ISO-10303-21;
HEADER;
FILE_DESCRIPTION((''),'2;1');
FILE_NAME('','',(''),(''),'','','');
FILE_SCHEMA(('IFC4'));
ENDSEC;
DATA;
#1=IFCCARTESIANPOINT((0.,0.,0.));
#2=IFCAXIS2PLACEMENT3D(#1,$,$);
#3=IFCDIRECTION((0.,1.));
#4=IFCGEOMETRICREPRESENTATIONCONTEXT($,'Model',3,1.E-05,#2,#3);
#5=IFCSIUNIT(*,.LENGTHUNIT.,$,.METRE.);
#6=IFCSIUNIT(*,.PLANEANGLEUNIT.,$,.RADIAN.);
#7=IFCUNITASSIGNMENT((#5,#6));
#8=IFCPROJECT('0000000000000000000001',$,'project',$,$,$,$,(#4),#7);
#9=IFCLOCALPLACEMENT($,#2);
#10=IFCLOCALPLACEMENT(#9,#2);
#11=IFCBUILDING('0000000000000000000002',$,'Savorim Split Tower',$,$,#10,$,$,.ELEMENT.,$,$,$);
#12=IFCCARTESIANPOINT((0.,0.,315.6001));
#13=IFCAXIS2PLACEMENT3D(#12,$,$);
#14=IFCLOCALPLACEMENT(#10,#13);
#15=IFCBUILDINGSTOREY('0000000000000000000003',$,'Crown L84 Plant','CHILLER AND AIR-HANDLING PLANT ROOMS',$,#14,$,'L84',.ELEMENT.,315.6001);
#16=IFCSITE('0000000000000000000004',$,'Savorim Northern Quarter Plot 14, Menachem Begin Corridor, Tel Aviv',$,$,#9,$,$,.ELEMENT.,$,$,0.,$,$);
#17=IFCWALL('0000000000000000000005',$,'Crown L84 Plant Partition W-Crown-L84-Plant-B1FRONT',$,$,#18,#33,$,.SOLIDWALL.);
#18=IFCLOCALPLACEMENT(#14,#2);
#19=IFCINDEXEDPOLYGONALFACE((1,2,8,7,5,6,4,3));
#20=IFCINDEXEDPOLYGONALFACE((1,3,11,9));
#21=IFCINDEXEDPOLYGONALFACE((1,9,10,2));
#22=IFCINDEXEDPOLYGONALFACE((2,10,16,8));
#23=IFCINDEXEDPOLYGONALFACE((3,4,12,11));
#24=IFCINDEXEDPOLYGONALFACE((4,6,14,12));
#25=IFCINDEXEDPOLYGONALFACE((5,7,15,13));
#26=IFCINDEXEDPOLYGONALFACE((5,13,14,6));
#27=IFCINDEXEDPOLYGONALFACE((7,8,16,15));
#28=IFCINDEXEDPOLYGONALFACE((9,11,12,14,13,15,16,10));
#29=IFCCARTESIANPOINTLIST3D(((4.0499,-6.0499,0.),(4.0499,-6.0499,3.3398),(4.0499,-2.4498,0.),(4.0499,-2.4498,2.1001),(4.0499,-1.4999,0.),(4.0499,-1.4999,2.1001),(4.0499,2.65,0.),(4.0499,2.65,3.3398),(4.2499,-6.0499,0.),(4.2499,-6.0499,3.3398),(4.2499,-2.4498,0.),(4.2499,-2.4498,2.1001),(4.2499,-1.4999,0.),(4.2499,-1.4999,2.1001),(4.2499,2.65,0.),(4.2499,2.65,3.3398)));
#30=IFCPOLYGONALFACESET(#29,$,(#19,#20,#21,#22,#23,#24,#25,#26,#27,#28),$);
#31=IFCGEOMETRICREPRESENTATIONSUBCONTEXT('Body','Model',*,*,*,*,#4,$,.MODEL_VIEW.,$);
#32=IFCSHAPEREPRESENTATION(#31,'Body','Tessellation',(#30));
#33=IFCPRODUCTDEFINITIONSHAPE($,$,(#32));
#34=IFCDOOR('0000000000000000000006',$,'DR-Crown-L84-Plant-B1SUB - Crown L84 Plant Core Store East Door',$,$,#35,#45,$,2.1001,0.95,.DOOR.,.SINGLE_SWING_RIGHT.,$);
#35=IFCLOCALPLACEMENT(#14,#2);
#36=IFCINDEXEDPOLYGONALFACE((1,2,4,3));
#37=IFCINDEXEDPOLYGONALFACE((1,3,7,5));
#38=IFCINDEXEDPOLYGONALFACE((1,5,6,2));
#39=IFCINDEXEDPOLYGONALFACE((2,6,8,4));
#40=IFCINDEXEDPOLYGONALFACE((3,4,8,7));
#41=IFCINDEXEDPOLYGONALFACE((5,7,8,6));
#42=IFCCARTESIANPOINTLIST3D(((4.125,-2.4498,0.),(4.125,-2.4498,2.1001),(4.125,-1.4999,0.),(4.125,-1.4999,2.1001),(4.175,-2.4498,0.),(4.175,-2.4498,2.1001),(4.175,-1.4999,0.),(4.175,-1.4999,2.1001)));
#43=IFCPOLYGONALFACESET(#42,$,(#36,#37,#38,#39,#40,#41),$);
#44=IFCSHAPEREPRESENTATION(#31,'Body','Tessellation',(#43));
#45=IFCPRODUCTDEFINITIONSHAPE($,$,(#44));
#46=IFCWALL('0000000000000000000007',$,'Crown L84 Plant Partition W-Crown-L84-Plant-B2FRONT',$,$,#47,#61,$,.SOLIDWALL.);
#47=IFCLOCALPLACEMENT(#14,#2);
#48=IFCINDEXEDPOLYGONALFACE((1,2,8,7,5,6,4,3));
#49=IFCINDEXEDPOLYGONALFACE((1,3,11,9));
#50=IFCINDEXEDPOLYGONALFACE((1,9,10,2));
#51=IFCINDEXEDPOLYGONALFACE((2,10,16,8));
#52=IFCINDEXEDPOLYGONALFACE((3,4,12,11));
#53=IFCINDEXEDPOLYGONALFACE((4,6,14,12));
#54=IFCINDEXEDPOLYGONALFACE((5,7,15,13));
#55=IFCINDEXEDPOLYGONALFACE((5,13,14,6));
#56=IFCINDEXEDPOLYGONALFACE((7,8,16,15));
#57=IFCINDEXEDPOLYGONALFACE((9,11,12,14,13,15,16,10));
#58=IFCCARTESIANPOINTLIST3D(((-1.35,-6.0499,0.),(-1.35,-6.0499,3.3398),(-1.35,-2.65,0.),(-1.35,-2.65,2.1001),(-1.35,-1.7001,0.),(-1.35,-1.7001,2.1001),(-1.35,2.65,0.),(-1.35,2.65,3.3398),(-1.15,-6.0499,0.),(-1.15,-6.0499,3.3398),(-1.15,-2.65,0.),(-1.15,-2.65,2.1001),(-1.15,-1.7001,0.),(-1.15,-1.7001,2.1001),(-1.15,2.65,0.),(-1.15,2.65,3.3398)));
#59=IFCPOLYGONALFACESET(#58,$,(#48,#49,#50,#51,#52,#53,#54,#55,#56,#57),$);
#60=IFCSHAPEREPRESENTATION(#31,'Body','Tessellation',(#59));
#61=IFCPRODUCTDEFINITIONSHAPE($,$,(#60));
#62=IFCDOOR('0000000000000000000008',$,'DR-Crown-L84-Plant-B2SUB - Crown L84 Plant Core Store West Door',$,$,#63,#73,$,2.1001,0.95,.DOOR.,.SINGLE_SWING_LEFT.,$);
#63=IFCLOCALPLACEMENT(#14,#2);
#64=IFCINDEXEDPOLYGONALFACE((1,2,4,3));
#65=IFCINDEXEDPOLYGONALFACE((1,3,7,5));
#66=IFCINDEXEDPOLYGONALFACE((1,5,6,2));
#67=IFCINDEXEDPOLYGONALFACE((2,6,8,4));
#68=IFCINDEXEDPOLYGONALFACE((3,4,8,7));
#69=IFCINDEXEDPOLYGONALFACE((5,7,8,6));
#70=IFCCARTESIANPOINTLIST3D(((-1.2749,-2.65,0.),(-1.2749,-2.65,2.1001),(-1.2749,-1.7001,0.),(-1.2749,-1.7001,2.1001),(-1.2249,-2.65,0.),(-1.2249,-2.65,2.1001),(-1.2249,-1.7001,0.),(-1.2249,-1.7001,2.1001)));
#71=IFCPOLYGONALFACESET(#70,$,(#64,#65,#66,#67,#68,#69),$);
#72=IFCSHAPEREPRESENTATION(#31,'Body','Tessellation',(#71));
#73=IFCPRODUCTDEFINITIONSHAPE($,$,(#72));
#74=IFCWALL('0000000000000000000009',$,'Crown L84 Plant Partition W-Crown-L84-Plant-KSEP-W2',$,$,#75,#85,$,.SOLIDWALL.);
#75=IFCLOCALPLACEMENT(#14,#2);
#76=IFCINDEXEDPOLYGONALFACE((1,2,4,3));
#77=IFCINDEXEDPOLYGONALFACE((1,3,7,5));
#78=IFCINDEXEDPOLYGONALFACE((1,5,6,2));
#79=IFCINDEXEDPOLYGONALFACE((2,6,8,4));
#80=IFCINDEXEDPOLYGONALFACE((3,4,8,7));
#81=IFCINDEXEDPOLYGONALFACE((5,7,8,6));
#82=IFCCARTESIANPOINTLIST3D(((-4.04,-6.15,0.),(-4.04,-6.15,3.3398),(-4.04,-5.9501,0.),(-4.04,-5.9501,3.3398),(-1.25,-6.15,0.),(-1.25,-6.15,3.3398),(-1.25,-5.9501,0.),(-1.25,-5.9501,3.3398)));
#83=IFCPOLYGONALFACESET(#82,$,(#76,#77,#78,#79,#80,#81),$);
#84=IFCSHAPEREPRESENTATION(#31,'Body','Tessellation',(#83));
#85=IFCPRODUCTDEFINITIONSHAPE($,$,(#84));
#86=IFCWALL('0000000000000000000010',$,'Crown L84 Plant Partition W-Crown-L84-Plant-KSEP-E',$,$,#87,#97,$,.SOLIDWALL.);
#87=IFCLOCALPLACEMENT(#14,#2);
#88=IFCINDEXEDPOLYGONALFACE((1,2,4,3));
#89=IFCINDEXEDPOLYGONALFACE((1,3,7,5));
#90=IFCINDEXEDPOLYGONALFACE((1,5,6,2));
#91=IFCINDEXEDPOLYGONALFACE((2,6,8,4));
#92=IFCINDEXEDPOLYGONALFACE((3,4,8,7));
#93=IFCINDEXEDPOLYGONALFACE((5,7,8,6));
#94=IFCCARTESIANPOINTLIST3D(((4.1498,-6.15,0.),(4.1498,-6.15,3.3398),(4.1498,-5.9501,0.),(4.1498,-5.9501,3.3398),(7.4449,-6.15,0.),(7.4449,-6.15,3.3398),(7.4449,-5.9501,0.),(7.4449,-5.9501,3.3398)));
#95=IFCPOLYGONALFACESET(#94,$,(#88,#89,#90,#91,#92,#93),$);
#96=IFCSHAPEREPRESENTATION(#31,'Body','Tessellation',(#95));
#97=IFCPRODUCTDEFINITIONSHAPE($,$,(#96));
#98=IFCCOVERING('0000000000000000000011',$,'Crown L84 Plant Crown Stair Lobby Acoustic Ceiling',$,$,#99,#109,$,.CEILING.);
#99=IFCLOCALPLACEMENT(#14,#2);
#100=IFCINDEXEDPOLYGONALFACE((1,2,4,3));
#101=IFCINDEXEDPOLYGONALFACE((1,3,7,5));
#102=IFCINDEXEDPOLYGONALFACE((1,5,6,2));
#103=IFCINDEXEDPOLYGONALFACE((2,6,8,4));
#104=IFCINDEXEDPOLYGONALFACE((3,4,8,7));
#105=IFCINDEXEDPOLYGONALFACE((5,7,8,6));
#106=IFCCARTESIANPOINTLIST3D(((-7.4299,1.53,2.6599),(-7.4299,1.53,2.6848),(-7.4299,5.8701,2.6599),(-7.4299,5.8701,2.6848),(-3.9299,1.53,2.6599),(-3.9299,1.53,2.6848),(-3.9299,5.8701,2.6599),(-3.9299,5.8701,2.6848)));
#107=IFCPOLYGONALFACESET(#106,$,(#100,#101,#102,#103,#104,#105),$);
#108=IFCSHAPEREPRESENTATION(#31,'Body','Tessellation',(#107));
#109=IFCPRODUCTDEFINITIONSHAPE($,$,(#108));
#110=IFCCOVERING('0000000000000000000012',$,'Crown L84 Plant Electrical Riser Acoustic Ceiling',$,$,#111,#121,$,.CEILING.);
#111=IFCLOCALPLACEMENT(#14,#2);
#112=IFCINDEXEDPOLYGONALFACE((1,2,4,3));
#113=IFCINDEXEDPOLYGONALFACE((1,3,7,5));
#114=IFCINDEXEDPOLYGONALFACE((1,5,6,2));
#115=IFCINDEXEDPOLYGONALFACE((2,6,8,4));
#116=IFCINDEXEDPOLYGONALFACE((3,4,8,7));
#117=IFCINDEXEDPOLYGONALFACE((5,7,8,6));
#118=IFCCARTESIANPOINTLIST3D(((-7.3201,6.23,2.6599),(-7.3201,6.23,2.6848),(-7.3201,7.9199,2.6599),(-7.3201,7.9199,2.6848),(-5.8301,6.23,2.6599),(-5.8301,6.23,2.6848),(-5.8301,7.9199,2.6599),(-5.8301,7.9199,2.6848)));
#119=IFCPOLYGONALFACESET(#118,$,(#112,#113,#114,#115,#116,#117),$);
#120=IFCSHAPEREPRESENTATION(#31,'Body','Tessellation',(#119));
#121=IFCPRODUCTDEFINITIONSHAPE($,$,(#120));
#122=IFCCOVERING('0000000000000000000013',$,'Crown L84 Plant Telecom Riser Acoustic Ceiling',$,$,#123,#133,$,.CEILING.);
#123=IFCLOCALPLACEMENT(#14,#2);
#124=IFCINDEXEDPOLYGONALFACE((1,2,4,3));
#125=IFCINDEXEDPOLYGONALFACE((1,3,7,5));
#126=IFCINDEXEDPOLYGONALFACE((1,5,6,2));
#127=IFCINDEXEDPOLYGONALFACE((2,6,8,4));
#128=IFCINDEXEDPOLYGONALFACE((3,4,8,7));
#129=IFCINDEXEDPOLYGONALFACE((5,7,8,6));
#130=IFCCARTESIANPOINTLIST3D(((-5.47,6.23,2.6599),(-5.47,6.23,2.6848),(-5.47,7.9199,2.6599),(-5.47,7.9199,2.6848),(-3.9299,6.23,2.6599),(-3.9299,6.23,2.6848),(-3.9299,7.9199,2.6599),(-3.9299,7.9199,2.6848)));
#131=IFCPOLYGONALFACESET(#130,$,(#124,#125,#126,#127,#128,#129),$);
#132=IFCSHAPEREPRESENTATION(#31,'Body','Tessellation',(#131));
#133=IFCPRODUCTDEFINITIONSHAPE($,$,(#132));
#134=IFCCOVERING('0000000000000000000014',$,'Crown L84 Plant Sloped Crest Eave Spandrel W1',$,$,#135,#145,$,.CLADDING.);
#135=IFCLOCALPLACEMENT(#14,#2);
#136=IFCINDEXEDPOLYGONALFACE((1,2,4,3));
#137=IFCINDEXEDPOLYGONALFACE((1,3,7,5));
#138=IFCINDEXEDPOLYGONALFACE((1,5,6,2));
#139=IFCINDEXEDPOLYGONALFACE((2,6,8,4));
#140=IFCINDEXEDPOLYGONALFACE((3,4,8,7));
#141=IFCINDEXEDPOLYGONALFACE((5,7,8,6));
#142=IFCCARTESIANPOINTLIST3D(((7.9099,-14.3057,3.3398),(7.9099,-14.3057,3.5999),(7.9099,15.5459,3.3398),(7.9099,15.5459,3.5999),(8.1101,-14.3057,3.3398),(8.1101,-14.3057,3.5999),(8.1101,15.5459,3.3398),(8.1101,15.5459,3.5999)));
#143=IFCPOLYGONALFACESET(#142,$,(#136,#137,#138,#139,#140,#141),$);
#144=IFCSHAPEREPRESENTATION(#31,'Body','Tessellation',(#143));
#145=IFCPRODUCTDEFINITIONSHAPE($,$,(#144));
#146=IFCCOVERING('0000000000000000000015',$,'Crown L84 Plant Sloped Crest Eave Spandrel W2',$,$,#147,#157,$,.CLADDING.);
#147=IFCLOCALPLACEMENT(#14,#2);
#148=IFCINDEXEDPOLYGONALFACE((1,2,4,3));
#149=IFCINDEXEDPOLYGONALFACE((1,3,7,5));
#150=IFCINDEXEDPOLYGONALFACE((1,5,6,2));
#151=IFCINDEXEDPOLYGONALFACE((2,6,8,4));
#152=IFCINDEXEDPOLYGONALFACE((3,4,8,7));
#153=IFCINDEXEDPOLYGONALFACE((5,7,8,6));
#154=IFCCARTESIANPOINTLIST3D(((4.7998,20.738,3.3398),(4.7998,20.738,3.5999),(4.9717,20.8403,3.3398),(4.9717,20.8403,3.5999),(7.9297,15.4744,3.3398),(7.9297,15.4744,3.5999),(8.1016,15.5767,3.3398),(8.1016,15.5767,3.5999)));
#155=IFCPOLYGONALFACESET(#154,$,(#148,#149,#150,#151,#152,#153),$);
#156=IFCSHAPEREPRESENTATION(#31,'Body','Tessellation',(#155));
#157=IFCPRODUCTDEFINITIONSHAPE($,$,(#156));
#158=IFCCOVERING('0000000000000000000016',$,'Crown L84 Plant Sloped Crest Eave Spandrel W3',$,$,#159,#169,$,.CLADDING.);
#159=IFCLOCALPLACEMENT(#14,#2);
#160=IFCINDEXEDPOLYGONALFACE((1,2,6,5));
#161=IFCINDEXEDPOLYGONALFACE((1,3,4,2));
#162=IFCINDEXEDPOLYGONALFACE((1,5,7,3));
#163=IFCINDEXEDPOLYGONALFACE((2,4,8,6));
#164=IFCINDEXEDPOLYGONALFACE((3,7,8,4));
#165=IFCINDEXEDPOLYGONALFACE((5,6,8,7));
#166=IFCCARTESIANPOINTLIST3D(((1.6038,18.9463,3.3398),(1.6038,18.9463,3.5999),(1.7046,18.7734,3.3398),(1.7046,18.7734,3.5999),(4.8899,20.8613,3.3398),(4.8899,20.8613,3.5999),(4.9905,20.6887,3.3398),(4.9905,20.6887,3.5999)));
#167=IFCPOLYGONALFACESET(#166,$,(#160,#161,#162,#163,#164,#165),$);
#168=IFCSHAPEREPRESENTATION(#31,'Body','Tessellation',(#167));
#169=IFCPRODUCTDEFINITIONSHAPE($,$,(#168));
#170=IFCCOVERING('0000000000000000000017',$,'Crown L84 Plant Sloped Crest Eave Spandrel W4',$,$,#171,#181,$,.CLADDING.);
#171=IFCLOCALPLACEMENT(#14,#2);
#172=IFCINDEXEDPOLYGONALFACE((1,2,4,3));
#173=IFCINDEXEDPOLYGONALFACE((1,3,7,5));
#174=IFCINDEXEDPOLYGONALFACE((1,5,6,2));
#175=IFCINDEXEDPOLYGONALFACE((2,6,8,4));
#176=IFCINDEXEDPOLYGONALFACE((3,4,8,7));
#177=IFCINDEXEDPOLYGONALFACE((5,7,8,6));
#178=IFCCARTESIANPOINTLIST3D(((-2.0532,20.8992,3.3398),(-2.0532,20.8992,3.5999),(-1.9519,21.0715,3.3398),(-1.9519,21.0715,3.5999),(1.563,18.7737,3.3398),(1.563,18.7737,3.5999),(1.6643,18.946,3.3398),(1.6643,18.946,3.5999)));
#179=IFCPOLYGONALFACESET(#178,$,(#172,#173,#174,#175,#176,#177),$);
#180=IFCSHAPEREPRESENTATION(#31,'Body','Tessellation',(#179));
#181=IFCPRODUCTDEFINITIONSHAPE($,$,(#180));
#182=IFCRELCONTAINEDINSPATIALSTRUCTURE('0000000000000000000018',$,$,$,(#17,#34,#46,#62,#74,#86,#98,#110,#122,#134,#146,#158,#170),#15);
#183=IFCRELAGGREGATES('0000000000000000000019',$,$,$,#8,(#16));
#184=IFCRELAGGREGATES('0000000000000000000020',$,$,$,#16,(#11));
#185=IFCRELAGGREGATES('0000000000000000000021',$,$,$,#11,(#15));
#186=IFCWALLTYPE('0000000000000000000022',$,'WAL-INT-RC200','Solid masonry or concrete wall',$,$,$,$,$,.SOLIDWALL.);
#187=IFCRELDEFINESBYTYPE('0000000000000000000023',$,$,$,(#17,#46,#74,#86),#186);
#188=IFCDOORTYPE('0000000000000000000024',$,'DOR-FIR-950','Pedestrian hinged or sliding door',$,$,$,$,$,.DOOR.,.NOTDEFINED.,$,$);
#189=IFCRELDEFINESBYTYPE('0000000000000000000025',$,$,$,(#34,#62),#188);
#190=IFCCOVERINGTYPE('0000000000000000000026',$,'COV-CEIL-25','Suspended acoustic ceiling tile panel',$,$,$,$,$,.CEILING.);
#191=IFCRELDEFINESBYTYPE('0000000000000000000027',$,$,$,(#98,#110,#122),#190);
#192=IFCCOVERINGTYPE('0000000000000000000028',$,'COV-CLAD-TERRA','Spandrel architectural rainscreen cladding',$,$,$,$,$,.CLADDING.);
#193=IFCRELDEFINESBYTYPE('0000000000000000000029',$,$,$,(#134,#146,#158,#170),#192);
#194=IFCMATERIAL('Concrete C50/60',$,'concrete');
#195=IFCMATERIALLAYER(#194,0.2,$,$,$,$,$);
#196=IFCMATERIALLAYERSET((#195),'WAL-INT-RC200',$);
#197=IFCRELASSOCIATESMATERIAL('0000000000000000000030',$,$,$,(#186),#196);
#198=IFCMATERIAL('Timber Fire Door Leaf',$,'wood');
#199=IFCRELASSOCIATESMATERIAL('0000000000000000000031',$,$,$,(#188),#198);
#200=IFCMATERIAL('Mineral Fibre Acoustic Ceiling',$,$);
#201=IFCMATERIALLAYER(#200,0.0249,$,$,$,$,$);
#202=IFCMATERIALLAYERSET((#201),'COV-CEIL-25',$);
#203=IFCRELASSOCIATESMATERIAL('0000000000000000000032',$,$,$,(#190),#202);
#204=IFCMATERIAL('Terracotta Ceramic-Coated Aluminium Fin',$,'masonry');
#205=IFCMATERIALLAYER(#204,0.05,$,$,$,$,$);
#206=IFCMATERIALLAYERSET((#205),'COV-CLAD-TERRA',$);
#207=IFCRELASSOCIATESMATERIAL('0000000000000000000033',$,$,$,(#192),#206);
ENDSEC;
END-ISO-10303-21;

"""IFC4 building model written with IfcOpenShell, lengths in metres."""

from ifc_helpers import new_model, si_unit, direction, frame, frame_2d, origin, place, context, subcontext, project, spatial, polyline, rectangle, outline, extrude, material, layer, layer_set, type_object, element, fill, save


model = new_model("IFC4")

# Units and contexts
model_context = context("Model", 3, precision=1e-05, world=origin(), true_north=direction((0.0, 1.0)))
body_context = subcontext(model_context, "Body", "Model", "MODEL_VIEW")
ifc_project = project(units=[si_unit("LENGTHUNIT", "METRE"), si_unit("PLANEANGLEUNIT", "RADIAN")], contexts=[model_context])

# Site, building, storey
site_placement = place(None, origin())
site = spatial("IfcSite", under=ifc_project, at=site_placement, Name="Savorim Northern Quarter Plot 14, Menachem Begin Corridor, Tel Aviv", CompositionType="ELEMENT", RefElevation=0.0)
building_placement = place(site_placement, origin())
building = spatial("IfcBuilding", under=site, at=building_placement, Name="Savorim Split Tower", CompositionType="ELEMENT")
storey_placement = place(building_placement, frame((0.0, 0.0, 315.6001)))
storey = spatial("IfcBuildingStorey", under=building, at=storey_placement, Name="Crown L84 Plant", Description="CHILLER AND AIR-HANDLING PLANT ROOMS", LongName="L84", CompositionType="ELEMENT", Elevation=315.6001)

# Shared definitions
ifc_material_1 = material(Name="Concrete C50/60", Category="concrete")

# Walls, openings, doors
ifc_layer_1 = layer(ifc_material_1, 0.2)
ifc_layer_set_1 = layer_set([ifc_layer_1], Name="WAL-INT-RC200")
wall_type = type_object("IfcWallType", Name="WAL-INT-RC200", Description="Solid masonry or concrete wall", PredefinedType="SOLIDWALL", material=ifc_layer_set_1)
wall_1_placement = place(storey_placement, frame((4.1499, -6.05, 0.0), z_axis=(0.0, 0.0, 1.0), x_axis=(0.0, 1.0, 0.0)))
wall_1 = element("IfcWall", 1, at=wall_1_placement, inside=storey, type_object=wall_type, Name="Crown L84 Plant Partition W-Crown-L84-Plant-B1FRONT", PredefinedType="SOLIDWALL", context=body_context, shape_type="SweptSolid", body=[
    extrude(rectangle(XDim=8.7, YDim=0.2, at=frame_2d((4.3501, 0.0))), origin(), (0.0, 0.0, 1.0), 3.3398),
])
opening_1_placement = place(wall_1_placement, frame((3.6001, 0.0, 0.0)))
opening_1 = element("IfcOpeningElement", 2, at=opening_1_placement, cuts=wall_1, PredefinedType="OPENING", context=body_context, shape_type="SweptSolid", body=[
    extrude(rectangle(XDim=0.95, YDim=2.1001, at=frame_2d((0.4751, 1.05))), frame((0.0, 0.1099, 0.0), z_axis=(0.0, -1.0, 0.0), x_axis=(1.0, 0.0, 0.0)), (0.0, 0.0, 1.0), 0.22),
])
ifc_material_2 = material(Name="Timber Fire Door Leaf", Category="wood")
door_type = type_object("IfcDoorType", Name="DOR-FIR-950", Description="Pedestrian hinged or sliding door", OperationType="NOTDEFINED", PredefinedType="DOOR", material=ifc_material_2)
door_1_placement = place(opening_1_placement, origin())
door_1 = element("IfcDoor", 3, at=door_1_placement, inside=storey, type_object=door_type, Name="DR-Crown-L84-Plant-B1SUB - Crown L84 Plant Core Store East Door", OperationType="SINGLE_SWING_RIGHT", OverallHeight=2.1001, OverallWidth=0.95, PredefinedType="DOOR", context=body_context, shape_type="SweptSolid", body=[
    extrude(rectangle(XDim=0.95, YDim=2.1001, at=frame_2d((0.4751, 1.05))), frame((0.0, 0.0249, 0.0), z_axis=(0.0, -1.0, 0.0), x_axis=(1.0, 0.0, 0.0)), (0.0, 0.0, 1.0), 0.05),
])
fill(opening_1, door_1)
wall_2_placement = place(storey_placement, frame((-1.25, -6.05, 0.0), z_axis=(0.0, 0.0, 1.0), x_axis=(0.0, 1.0, 0.0)))
wall_2 = element("IfcWall", 4, at=wall_2_placement, inside=storey, type_object=wall_type, Name="Crown L84 Plant Partition W-Crown-L84-Plant-B2FRONT", PredefinedType="SOLIDWALL", context=body_context, shape_type="SweptSolid", body=[
    extrude(rectangle(XDim=8.7, YDim=0.2, at=frame_2d((4.3501, 0.0))), origin(), (0.0, 0.0, 1.0), 3.3398),
])
opening_2_placement = place(wall_2_placement, frame((3.3999, 0.0, 0.0)))
opening_2 = element("IfcOpeningElement", 5, at=opening_2_placement, cuts=wall_2, PredefinedType="OPENING", context=body_context, shape_type="SweptSolid", body=[
    extrude(rectangle(XDim=0.95, YDim=2.1001, at=frame_2d((0.4751, 1.05))), frame((0.0, 0.1099, 0.0), z_axis=(0.0, -1.0, 0.0), x_axis=(1.0, 0.0, 0.0)), (0.0, 0.0, 1.0), 0.22),
])
door_2_placement = place(opening_2_placement, origin())
door_2 = element("IfcDoor", 6, at=door_2_placement, inside=storey, type_object=door_type, Name="DR-Crown-L84-Plant-B2SUB - Crown L84 Plant Core Store West Door", OperationType="SINGLE_SWING_LEFT", OverallHeight=2.1001, OverallWidth=0.95, PredefinedType="DOOR", context=body_context, shape_type="SweptSolid", body=[
    extrude(rectangle(XDim=0.95, YDim=2.1001, at=frame_2d((0.4751, 1.05))), frame((0.0, 0.0249, 0.0), z_axis=(0.0, -1.0, 0.0), x_axis=(1.0, 0.0, 0.0)), (0.0, 0.0, 1.0), 0.05),
])
fill(opening_2, door_2)

# Walls
wall_3_placement = place(storey_placement, frame((-4.04, -6.05, 0.0), z_axis=(0.0, 0.0, 1.0), x_axis=(1.0, 0.0, 0.0)))
element("IfcWall", 7, at=wall_3_placement, inside=storey, type_object=wall_type, Name="Crown L84 Plant Partition W-Crown-L84-Plant-KSEP-W2", PredefinedType="SOLIDWALL", context=body_context, shape_type="SweptSolid", body=[
    extrude(rectangle(XDim=2.79, YDim=0.2, at=frame_2d((1.395, 0.0))), origin(), (0.0, 0.0, 1.0), 3.3398),
])
wall_4_placement = place(storey_placement, frame((4.1499, -6.05, 0.0), z_axis=(0.0, 0.0, 1.0), x_axis=(1.0, 0.0, 0.0)))
element("IfcWall", 8, at=wall_4_placement, inside=storey, type_object=wall_type, Name="Crown L84 Plant Partition W-Crown-L84-Plant-KSEP-E", PredefinedType="SOLIDWALL", context=body_context, shape_type="SweptSolid", body=[
    extrude(rectangle(XDim=3.2952, YDim=0.2, at=frame_2d((1.6475, 0.0))), origin(), (0.0, 0.0, 1.0), 3.3398),
])

# Coverings
ifc_material_3 = material(Name="Mineral Fibre Acoustic Ceiling")
ifc_layer_2 = layer(ifc_material_3, 0.0249)
ifc_layer_set_2 = layer_set([ifc_layer_2], Name="COV-CEIL-25")
covering_type_1 = type_object("IfcCoveringType", Name="COV-CEIL-25", Description="Suspended acoustic ceiling tile panel", PredefinedType="CEILING", material=ifc_layer_set_2)
covering_1_placement = place(storey_placement, frame((0.0, 0.0, 2.6599)))
element("IfcCovering", 9, at=covering_1_placement, inside=storey, type_object=covering_type_1, Name="Crown L84 Plant Crown Stair Lobby Acoustic Ceiling", PredefinedType="CEILING", context=body_context, shape_type="SweptSolid", body=[
    extrude(outline(polyline([(-7.4299, 5.8701), (-7.4299, 1.53), (-3.9299, 1.53), (-3.9299, 5.8701), (-7.4299, 5.8701)])), origin(), (0.0, 0.0, 1.0), 0.0249),
])
covering_2_placement = place(storey_placement, frame((0.0, 0.0, 2.6599)))
element("IfcCovering", 10, at=covering_2_placement, inside=storey, type_object=covering_type_1, Name="Crown L84 Plant Electrical Riser Acoustic Ceiling", PredefinedType="CEILING", context=body_context, shape_type="SweptSolid", body=[
    extrude(outline(polyline([(-7.3201, 7.9199), (-7.3201, 6.23), (-5.8301, 6.23), (-5.8301, 7.9199), (-7.3201, 7.9199)])), origin(), (0.0, 0.0, 1.0), 0.0249),
])
covering_3_placement = place(storey_placement, frame((0.0, 0.0, 2.6599)))
element("IfcCovering", 11, at=covering_3_placement, inside=storey, type_object=covering_type_1, Name="Crown L84 Plant Telecom Riser Acoustic Ceiling", PredefinedType="CEILING", context=body_context, shape_type="SweptSolid", body=[
    extrude(outline(polyline([(-5.47, 7.9199), (-5.47, 6.23), (-3.9299, 6.23), (-3.9299, 7.9199), (-5.47, 7.9199)])), origin(), (0.0, 0.0, 1.0), 0.0249),
])
ifc_material_4 = material(Name="Terracotta Ceramic-Coated Aluminium Fin", Category="masonry")
ifc_layer_3 = layer(ifc_material_4, 0.05)
ifc_layer_set_3 = layer_set([ifc_layer_3], Name="COV-CLAD-TERRA")
covering_type_2 = type_object("IfcCoveringType", Name="COV-CLAD-TERRA", Description="Spandrel architectural rainscreen cladding", PredefinedType="CLADDING", material=ifc_layer_set_3)
covering_4_placement = place(storey_placement, frame((0.0, 0.0, 3.3398)))
element("IfcCovering", 12, at=covering_4_placement, inside=storey, type_object=covering_type_2, Name="Crown L84 Plant Sloped Crest Eave Spandrel W1", PredefinedType="CLADDING", context=body_context, shape_type="SweptSolid", body=[
    extrude(outline(polyline([(8.1101, -14.3057), (8.1101, 15.5459), (7.9099, 15.5459), (7.9099, -14.3057), (8.1101, -14.3057)])), origin(), (0.0, 0.0, 1.0), 0.26),
])
covering_5_placement = place(storey_placement, frame((0.0, 0.0, 3.3398)))
element("IfcCovering", 13, at=covering_5_placement, inside=storey, type_object=covering_type_2, Name="Crown L84 Plant Sloped Crest Eave Spandrel W2", PredefinedType="CLADDING", context=body_context, shape_type="SweptSolid", body=[
    extrude(outline(polyline([(8.1016, 15.5767), (4.9717, 20.8403), (4.7998, 20.738), (7.9297, 15.4744), (8.1016, 15.5767)])), origin(), (0.0, 0.0, 1.0), 0.26),
])
covering_6_placement = place(storey_placement, frame((0.0, 0.0, 3.3398)))
element("IfcCovering", 14, at=covering_6_placement, inside=storey, type_object=covering_type_2, Name="Crown L84 Plant Sloped Crest Eave Spandrel W3", PredefinedType="CLADDING", context=body_context, shape_type="SweptSolid", body=[
    extrude(outline(polyline([(4.8899, 20.8613), (1.6038, 18.9463), (1.7046, 18.7734), (4.9905, 20.6887), (4.8899, 20.8613)])), origin(), (0.0, 0.0, 1.0), 0.26),
])
covering_7_placement = place(storey_placement, frame((0.0, 0.0, 3.3398)))
element("IfcCovering", 15, at=covering_7_placement, inside=storey, type_object=covering_type_2, Name="Crown L84 Plant Sloped Crest Eave Spandrel W4", PredefinedType="CLADDING", context=body_context, shape_type="SweptSolid", body=[
    extrude(outline(polyline([(1.6643, 18.946), (-1.9519, 21.0715), (-2.0532, 20.8992), (1.563, 18.7737), (1.6643, 18.946)])), origin(), (0.0, 0.0, 1.0), 0.26),
])

save(model, "model.ifc")
